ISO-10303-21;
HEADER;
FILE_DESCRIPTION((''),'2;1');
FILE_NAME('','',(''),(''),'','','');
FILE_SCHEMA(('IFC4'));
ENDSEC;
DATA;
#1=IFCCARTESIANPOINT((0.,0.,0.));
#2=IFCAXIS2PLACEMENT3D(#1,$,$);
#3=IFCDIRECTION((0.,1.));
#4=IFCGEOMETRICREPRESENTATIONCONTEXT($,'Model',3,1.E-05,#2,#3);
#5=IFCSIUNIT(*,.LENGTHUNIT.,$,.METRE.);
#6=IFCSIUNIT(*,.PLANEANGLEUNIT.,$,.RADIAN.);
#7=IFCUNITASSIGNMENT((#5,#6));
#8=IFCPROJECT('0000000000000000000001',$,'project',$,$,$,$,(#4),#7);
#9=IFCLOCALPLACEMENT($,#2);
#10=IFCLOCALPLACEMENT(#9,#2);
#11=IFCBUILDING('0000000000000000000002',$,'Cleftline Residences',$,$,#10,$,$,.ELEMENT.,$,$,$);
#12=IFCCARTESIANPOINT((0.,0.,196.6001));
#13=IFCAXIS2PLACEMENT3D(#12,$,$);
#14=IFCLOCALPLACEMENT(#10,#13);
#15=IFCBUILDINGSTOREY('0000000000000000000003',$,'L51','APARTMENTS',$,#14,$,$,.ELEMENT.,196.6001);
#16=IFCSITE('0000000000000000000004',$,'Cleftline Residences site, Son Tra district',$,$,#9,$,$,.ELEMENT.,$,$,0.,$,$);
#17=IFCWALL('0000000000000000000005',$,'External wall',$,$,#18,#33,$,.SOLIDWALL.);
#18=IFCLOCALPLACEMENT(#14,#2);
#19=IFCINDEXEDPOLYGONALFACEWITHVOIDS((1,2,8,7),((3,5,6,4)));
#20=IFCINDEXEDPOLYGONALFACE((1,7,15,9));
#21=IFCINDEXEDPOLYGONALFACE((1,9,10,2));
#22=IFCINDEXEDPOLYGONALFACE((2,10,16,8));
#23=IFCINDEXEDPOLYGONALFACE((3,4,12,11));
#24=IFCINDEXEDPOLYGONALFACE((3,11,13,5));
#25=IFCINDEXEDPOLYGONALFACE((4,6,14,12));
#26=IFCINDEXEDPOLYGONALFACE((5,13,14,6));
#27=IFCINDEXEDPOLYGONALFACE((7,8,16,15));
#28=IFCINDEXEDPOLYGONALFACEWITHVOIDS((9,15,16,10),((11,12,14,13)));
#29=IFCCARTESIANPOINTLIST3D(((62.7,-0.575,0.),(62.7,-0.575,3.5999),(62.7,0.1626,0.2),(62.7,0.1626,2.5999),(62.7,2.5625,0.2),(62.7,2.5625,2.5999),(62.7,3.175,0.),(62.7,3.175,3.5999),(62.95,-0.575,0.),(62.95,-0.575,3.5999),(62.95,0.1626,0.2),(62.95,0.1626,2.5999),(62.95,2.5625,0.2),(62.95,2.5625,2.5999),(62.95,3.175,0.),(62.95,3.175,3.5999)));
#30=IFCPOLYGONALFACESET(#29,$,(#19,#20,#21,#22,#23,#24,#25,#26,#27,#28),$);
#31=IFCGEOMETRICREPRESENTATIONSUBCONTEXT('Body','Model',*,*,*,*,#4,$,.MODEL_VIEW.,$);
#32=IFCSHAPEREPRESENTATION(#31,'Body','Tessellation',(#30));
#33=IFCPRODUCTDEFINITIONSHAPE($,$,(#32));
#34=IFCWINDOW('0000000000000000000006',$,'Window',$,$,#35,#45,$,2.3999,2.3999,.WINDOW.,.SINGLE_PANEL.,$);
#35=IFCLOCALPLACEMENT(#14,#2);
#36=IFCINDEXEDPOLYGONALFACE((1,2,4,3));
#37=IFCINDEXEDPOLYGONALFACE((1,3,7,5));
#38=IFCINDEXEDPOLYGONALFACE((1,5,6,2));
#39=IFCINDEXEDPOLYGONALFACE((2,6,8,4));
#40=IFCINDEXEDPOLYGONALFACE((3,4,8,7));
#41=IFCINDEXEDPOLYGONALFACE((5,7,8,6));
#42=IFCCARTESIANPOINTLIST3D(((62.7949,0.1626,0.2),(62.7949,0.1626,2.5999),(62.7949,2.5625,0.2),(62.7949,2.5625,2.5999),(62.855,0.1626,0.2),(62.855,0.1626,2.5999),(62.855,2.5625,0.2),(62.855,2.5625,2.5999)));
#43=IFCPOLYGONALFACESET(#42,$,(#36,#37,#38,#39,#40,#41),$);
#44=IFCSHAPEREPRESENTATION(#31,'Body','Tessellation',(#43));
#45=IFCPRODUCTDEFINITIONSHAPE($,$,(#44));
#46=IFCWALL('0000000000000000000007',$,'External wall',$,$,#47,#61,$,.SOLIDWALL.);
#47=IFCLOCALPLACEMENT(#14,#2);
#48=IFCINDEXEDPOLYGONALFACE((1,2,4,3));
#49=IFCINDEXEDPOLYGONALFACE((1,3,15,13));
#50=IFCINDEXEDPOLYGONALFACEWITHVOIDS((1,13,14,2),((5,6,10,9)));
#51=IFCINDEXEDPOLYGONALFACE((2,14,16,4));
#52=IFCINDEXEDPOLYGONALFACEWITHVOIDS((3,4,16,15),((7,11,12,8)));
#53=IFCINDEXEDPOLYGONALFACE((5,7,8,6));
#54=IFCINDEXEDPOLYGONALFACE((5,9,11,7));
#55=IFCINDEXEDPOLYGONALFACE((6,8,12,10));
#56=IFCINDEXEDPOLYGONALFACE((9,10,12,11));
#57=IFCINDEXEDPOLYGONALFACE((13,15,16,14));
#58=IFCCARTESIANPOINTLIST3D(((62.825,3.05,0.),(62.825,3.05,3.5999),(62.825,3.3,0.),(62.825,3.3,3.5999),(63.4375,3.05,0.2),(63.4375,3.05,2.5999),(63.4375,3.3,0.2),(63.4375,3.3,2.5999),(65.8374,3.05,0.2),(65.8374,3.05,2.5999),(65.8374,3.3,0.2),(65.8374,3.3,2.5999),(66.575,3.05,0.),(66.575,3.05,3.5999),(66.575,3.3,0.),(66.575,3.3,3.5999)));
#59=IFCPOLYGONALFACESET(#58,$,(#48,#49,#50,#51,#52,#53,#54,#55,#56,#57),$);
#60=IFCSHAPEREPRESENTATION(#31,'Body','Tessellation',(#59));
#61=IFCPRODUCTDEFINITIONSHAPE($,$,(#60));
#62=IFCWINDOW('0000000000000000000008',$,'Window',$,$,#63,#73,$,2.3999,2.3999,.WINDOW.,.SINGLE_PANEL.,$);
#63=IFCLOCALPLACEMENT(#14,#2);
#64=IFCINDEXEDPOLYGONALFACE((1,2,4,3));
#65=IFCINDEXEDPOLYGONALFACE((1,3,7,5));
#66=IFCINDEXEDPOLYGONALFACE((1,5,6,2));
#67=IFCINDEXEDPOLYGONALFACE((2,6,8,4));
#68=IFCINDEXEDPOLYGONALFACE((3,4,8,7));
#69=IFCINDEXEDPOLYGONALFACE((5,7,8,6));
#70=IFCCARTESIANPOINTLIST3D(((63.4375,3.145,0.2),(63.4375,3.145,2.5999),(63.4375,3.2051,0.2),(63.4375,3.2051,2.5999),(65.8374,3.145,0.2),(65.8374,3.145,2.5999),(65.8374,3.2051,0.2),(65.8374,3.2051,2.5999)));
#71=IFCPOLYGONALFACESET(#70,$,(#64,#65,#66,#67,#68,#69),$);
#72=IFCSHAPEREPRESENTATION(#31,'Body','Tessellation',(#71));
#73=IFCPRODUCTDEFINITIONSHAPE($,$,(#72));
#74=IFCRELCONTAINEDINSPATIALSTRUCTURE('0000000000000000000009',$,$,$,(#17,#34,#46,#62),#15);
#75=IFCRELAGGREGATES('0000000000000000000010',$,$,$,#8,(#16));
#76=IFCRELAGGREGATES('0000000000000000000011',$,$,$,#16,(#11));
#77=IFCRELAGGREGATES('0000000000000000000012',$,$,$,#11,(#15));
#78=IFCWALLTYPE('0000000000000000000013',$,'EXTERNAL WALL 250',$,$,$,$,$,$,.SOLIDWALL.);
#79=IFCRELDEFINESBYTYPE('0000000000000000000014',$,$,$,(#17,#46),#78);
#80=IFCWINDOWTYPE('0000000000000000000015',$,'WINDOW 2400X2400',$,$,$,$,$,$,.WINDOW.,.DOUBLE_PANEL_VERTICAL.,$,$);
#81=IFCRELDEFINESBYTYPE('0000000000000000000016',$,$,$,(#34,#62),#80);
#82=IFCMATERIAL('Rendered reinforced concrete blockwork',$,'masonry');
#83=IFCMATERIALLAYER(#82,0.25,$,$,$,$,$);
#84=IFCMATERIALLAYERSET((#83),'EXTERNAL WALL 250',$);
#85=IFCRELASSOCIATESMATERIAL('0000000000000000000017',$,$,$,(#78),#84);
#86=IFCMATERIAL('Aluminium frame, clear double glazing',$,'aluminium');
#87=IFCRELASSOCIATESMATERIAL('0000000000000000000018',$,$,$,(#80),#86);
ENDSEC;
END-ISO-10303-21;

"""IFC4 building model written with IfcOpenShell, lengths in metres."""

from ifc_helpers import new_model, si_unit, direction, frame, frame_2d, origin, place, context, subcontext, project, spatial, rectangle, extrude, material, layer, layer_set, type_object, element, fill, save


model = new_model("IFC4")

# Units and contexts
model_context = context("Model", 3, precision=1e-05, world=origin(), true_north=direction((0.0, 1.0)))
body_context = subcontext(model_context, "Body", "Model", "MODEL_VIEW")
ifc_project = project(units=[si_unit("LENGTHUNIT", "METRE"), si_unit("PLANEANGLEUNIT", "RADIAN")], contexts=[model_context])

# Site, building, storey
site_placement = place(None, origin())
site = spatial("IfcSite", under=ifc_project, at=site_placement, Name="Cleftline Residences site, Son Tra district", CompositionType="ELEMENT", RefElevation=0.0)
building_placement = place(site_placement, origin())
building = spatial("IfcBuilding", under=site, at=building_placement, Name="Cleftline Residences", CompositionType="ELEMENT")
storey_placement = place(building_placement, frame((0.0, 0.0, 196.6001)))
storey = spatial("IfcBuildingStorey", under=building, at=storey_placement, Name="L51", Description="APARTMENTS", CompositionType="ELEMENT", Elevation=196.6001)

# Walls, openings, windows
ifc_material_1 = material(Name="Rendered reinforced concrete blockwork", Category="masonry")
ifc_layer_1 = layer(ifc_material_1, 0.25)
ifc_layer_set_1 = layer_set([ifc_layer_1], Name="EXTERNAL WALL 250")
wall_type_1 = type_object("IfcWallType", Name="EXTERNAL WALL 250", PredefinedType="SOLIDWALL", material=ifc_layer_set_1)
wall_1_placement = place(storey_placement, frame((62.825, -0.575, 0.0), z_axis=(0.0, 0.0, 1.0), x_axis=(0.0, 1.0, 0.0)))
wall_1 = element("IfcWall", 1, at=wall_1_placement, inside=storey, type_object=wall_type_1, Name="External wall", PredefinedType="SOLIDWALL", context=body_context, shape_type="SweptSolid", body=[
    extrude(rectangle(XDim=3.75, YDim=0.25, at=frame_2d((1.875, 0.0))), origin(), (0.0, 0.0, 1.0), 3.5999),
])
opening_1_placement = place(wall_1_placement, frame((0.7375, 0.0, 0.2)))
opening_1 = element("IfcOpeningElement", 2, at=opening_1_placement, cuts=wall_1, PredefinedType="OPENING", context=body_context, shape_type="SweptSolid", body=[
    extrude(rectangle(XDim=2.3999, YDim=2.3999, at=frame_2d((1.2, 1.2))), frame((0.0, 0.135, 0.0), z_axis=(0.0, -1.0, 0.0), x_axis=(1.0, 0.0, 0.0)), (0.0, 0.0, 1.0), 0.27),
])
ifc_material_2 = material(Name="Aluminium frame, clear double glazing", Category="aluminium")
window_type_1 = type_object("IfcWindowType", Name="WINDOW 2400X2400", PartitioningType="DOUBLE_PANEL_VERTICAL", PredefinedType="WINDOW", material=ifc_material_2)
window_1_placement = place(opening_1_placement, origin())
window_1 = element("IfcWindow", 3, at=window_1_placement, inside=storey, type_object=window_type_1, Name="Window", OverallHeight=2.3999, OverallWidth=2.3999, PartitioningType="SINGLE_PANEL", PredefinedType="WINDOW", context=body_context, shape_type="SweptSolid", body=[
    extrude(rectangle(XDim=2.3999, YDim=2.3999, at=frame_2d((1.2, 1.2))), frame((0.0, 0.03, 0.0), z_axis=(0.0, -1.0, 0.0), x_axis=(1.0, 0.0, 0.0)), (0.0, 0.0, 1.0), 0.0601),
])
fill(opening_1, window_1)
wall_2_placement = place(storey_placement, frame((62.825, 3.175, 0.0), z_axis=(0.0, 0.0, 1.0), x_axis=(1.0, 0.0, 0.0)))
wall_2 = element("IfcWall", 4, at=wall_2_placement, inside=storey, type_object=wall_type_1, Name="External wall", PredefinedType="SOLIDWALL", context=body_context, shape_type="SweptSolid", body=[
    extrude(rectangle(XDim=3.75, YDim=0.25, at=frame_2d((1.875, 0.0))), origin(), (0.0, 0.0, 1.0), 3.5999),
])
opening_2_placement = place(wall_2_placement, frame((0.6125, 0.0, 0.2)))
opening_2 = element("IfcOpeningElement", 5, at=opening_2_placement, cuts=wall_2, PredefinedType="OPENING", context=body_context, shape_type="SweptSolid", body=[
    extrude(rectangle(XDim=2.3999, YDim=2.3999, at=frame_2d((1.2, 1.2))), frame((0.0, 0.135, 0.0), z_axis=(0.0, -1.0, 0.0), x_axis=(1.0, 0.0, 0.0)), (0.0, 0.0, 1.0), 0.27),
])
window_2_placement = place(opening_2_placement, origin())
window_2 = element("IfcWindow", 6, at=window_2_placement, inside=storey, type_object=window_type_1, Name="Window", OverallHeight=2.3999, OverallWidth=2.3999, PartitioningType="SINGLE_PANEL", PredefinedType="WINDOW", context=body_context, shape_type="SweptSolid", body=[
    extrude(rectangle(XDim=2.3999, YDim=2.3999, at=frame_2d((1.2, 1.2))), frame((0.0, 0.03, 0.0), z_axis=(0.0, -1.0, 0.0), x_axis=(1.0, 0.0, 0.0)), (0.0, 0.0, 1.0), 0.0601),
])
fill(opening_2, window_2)

save(model, "model.ifc")
